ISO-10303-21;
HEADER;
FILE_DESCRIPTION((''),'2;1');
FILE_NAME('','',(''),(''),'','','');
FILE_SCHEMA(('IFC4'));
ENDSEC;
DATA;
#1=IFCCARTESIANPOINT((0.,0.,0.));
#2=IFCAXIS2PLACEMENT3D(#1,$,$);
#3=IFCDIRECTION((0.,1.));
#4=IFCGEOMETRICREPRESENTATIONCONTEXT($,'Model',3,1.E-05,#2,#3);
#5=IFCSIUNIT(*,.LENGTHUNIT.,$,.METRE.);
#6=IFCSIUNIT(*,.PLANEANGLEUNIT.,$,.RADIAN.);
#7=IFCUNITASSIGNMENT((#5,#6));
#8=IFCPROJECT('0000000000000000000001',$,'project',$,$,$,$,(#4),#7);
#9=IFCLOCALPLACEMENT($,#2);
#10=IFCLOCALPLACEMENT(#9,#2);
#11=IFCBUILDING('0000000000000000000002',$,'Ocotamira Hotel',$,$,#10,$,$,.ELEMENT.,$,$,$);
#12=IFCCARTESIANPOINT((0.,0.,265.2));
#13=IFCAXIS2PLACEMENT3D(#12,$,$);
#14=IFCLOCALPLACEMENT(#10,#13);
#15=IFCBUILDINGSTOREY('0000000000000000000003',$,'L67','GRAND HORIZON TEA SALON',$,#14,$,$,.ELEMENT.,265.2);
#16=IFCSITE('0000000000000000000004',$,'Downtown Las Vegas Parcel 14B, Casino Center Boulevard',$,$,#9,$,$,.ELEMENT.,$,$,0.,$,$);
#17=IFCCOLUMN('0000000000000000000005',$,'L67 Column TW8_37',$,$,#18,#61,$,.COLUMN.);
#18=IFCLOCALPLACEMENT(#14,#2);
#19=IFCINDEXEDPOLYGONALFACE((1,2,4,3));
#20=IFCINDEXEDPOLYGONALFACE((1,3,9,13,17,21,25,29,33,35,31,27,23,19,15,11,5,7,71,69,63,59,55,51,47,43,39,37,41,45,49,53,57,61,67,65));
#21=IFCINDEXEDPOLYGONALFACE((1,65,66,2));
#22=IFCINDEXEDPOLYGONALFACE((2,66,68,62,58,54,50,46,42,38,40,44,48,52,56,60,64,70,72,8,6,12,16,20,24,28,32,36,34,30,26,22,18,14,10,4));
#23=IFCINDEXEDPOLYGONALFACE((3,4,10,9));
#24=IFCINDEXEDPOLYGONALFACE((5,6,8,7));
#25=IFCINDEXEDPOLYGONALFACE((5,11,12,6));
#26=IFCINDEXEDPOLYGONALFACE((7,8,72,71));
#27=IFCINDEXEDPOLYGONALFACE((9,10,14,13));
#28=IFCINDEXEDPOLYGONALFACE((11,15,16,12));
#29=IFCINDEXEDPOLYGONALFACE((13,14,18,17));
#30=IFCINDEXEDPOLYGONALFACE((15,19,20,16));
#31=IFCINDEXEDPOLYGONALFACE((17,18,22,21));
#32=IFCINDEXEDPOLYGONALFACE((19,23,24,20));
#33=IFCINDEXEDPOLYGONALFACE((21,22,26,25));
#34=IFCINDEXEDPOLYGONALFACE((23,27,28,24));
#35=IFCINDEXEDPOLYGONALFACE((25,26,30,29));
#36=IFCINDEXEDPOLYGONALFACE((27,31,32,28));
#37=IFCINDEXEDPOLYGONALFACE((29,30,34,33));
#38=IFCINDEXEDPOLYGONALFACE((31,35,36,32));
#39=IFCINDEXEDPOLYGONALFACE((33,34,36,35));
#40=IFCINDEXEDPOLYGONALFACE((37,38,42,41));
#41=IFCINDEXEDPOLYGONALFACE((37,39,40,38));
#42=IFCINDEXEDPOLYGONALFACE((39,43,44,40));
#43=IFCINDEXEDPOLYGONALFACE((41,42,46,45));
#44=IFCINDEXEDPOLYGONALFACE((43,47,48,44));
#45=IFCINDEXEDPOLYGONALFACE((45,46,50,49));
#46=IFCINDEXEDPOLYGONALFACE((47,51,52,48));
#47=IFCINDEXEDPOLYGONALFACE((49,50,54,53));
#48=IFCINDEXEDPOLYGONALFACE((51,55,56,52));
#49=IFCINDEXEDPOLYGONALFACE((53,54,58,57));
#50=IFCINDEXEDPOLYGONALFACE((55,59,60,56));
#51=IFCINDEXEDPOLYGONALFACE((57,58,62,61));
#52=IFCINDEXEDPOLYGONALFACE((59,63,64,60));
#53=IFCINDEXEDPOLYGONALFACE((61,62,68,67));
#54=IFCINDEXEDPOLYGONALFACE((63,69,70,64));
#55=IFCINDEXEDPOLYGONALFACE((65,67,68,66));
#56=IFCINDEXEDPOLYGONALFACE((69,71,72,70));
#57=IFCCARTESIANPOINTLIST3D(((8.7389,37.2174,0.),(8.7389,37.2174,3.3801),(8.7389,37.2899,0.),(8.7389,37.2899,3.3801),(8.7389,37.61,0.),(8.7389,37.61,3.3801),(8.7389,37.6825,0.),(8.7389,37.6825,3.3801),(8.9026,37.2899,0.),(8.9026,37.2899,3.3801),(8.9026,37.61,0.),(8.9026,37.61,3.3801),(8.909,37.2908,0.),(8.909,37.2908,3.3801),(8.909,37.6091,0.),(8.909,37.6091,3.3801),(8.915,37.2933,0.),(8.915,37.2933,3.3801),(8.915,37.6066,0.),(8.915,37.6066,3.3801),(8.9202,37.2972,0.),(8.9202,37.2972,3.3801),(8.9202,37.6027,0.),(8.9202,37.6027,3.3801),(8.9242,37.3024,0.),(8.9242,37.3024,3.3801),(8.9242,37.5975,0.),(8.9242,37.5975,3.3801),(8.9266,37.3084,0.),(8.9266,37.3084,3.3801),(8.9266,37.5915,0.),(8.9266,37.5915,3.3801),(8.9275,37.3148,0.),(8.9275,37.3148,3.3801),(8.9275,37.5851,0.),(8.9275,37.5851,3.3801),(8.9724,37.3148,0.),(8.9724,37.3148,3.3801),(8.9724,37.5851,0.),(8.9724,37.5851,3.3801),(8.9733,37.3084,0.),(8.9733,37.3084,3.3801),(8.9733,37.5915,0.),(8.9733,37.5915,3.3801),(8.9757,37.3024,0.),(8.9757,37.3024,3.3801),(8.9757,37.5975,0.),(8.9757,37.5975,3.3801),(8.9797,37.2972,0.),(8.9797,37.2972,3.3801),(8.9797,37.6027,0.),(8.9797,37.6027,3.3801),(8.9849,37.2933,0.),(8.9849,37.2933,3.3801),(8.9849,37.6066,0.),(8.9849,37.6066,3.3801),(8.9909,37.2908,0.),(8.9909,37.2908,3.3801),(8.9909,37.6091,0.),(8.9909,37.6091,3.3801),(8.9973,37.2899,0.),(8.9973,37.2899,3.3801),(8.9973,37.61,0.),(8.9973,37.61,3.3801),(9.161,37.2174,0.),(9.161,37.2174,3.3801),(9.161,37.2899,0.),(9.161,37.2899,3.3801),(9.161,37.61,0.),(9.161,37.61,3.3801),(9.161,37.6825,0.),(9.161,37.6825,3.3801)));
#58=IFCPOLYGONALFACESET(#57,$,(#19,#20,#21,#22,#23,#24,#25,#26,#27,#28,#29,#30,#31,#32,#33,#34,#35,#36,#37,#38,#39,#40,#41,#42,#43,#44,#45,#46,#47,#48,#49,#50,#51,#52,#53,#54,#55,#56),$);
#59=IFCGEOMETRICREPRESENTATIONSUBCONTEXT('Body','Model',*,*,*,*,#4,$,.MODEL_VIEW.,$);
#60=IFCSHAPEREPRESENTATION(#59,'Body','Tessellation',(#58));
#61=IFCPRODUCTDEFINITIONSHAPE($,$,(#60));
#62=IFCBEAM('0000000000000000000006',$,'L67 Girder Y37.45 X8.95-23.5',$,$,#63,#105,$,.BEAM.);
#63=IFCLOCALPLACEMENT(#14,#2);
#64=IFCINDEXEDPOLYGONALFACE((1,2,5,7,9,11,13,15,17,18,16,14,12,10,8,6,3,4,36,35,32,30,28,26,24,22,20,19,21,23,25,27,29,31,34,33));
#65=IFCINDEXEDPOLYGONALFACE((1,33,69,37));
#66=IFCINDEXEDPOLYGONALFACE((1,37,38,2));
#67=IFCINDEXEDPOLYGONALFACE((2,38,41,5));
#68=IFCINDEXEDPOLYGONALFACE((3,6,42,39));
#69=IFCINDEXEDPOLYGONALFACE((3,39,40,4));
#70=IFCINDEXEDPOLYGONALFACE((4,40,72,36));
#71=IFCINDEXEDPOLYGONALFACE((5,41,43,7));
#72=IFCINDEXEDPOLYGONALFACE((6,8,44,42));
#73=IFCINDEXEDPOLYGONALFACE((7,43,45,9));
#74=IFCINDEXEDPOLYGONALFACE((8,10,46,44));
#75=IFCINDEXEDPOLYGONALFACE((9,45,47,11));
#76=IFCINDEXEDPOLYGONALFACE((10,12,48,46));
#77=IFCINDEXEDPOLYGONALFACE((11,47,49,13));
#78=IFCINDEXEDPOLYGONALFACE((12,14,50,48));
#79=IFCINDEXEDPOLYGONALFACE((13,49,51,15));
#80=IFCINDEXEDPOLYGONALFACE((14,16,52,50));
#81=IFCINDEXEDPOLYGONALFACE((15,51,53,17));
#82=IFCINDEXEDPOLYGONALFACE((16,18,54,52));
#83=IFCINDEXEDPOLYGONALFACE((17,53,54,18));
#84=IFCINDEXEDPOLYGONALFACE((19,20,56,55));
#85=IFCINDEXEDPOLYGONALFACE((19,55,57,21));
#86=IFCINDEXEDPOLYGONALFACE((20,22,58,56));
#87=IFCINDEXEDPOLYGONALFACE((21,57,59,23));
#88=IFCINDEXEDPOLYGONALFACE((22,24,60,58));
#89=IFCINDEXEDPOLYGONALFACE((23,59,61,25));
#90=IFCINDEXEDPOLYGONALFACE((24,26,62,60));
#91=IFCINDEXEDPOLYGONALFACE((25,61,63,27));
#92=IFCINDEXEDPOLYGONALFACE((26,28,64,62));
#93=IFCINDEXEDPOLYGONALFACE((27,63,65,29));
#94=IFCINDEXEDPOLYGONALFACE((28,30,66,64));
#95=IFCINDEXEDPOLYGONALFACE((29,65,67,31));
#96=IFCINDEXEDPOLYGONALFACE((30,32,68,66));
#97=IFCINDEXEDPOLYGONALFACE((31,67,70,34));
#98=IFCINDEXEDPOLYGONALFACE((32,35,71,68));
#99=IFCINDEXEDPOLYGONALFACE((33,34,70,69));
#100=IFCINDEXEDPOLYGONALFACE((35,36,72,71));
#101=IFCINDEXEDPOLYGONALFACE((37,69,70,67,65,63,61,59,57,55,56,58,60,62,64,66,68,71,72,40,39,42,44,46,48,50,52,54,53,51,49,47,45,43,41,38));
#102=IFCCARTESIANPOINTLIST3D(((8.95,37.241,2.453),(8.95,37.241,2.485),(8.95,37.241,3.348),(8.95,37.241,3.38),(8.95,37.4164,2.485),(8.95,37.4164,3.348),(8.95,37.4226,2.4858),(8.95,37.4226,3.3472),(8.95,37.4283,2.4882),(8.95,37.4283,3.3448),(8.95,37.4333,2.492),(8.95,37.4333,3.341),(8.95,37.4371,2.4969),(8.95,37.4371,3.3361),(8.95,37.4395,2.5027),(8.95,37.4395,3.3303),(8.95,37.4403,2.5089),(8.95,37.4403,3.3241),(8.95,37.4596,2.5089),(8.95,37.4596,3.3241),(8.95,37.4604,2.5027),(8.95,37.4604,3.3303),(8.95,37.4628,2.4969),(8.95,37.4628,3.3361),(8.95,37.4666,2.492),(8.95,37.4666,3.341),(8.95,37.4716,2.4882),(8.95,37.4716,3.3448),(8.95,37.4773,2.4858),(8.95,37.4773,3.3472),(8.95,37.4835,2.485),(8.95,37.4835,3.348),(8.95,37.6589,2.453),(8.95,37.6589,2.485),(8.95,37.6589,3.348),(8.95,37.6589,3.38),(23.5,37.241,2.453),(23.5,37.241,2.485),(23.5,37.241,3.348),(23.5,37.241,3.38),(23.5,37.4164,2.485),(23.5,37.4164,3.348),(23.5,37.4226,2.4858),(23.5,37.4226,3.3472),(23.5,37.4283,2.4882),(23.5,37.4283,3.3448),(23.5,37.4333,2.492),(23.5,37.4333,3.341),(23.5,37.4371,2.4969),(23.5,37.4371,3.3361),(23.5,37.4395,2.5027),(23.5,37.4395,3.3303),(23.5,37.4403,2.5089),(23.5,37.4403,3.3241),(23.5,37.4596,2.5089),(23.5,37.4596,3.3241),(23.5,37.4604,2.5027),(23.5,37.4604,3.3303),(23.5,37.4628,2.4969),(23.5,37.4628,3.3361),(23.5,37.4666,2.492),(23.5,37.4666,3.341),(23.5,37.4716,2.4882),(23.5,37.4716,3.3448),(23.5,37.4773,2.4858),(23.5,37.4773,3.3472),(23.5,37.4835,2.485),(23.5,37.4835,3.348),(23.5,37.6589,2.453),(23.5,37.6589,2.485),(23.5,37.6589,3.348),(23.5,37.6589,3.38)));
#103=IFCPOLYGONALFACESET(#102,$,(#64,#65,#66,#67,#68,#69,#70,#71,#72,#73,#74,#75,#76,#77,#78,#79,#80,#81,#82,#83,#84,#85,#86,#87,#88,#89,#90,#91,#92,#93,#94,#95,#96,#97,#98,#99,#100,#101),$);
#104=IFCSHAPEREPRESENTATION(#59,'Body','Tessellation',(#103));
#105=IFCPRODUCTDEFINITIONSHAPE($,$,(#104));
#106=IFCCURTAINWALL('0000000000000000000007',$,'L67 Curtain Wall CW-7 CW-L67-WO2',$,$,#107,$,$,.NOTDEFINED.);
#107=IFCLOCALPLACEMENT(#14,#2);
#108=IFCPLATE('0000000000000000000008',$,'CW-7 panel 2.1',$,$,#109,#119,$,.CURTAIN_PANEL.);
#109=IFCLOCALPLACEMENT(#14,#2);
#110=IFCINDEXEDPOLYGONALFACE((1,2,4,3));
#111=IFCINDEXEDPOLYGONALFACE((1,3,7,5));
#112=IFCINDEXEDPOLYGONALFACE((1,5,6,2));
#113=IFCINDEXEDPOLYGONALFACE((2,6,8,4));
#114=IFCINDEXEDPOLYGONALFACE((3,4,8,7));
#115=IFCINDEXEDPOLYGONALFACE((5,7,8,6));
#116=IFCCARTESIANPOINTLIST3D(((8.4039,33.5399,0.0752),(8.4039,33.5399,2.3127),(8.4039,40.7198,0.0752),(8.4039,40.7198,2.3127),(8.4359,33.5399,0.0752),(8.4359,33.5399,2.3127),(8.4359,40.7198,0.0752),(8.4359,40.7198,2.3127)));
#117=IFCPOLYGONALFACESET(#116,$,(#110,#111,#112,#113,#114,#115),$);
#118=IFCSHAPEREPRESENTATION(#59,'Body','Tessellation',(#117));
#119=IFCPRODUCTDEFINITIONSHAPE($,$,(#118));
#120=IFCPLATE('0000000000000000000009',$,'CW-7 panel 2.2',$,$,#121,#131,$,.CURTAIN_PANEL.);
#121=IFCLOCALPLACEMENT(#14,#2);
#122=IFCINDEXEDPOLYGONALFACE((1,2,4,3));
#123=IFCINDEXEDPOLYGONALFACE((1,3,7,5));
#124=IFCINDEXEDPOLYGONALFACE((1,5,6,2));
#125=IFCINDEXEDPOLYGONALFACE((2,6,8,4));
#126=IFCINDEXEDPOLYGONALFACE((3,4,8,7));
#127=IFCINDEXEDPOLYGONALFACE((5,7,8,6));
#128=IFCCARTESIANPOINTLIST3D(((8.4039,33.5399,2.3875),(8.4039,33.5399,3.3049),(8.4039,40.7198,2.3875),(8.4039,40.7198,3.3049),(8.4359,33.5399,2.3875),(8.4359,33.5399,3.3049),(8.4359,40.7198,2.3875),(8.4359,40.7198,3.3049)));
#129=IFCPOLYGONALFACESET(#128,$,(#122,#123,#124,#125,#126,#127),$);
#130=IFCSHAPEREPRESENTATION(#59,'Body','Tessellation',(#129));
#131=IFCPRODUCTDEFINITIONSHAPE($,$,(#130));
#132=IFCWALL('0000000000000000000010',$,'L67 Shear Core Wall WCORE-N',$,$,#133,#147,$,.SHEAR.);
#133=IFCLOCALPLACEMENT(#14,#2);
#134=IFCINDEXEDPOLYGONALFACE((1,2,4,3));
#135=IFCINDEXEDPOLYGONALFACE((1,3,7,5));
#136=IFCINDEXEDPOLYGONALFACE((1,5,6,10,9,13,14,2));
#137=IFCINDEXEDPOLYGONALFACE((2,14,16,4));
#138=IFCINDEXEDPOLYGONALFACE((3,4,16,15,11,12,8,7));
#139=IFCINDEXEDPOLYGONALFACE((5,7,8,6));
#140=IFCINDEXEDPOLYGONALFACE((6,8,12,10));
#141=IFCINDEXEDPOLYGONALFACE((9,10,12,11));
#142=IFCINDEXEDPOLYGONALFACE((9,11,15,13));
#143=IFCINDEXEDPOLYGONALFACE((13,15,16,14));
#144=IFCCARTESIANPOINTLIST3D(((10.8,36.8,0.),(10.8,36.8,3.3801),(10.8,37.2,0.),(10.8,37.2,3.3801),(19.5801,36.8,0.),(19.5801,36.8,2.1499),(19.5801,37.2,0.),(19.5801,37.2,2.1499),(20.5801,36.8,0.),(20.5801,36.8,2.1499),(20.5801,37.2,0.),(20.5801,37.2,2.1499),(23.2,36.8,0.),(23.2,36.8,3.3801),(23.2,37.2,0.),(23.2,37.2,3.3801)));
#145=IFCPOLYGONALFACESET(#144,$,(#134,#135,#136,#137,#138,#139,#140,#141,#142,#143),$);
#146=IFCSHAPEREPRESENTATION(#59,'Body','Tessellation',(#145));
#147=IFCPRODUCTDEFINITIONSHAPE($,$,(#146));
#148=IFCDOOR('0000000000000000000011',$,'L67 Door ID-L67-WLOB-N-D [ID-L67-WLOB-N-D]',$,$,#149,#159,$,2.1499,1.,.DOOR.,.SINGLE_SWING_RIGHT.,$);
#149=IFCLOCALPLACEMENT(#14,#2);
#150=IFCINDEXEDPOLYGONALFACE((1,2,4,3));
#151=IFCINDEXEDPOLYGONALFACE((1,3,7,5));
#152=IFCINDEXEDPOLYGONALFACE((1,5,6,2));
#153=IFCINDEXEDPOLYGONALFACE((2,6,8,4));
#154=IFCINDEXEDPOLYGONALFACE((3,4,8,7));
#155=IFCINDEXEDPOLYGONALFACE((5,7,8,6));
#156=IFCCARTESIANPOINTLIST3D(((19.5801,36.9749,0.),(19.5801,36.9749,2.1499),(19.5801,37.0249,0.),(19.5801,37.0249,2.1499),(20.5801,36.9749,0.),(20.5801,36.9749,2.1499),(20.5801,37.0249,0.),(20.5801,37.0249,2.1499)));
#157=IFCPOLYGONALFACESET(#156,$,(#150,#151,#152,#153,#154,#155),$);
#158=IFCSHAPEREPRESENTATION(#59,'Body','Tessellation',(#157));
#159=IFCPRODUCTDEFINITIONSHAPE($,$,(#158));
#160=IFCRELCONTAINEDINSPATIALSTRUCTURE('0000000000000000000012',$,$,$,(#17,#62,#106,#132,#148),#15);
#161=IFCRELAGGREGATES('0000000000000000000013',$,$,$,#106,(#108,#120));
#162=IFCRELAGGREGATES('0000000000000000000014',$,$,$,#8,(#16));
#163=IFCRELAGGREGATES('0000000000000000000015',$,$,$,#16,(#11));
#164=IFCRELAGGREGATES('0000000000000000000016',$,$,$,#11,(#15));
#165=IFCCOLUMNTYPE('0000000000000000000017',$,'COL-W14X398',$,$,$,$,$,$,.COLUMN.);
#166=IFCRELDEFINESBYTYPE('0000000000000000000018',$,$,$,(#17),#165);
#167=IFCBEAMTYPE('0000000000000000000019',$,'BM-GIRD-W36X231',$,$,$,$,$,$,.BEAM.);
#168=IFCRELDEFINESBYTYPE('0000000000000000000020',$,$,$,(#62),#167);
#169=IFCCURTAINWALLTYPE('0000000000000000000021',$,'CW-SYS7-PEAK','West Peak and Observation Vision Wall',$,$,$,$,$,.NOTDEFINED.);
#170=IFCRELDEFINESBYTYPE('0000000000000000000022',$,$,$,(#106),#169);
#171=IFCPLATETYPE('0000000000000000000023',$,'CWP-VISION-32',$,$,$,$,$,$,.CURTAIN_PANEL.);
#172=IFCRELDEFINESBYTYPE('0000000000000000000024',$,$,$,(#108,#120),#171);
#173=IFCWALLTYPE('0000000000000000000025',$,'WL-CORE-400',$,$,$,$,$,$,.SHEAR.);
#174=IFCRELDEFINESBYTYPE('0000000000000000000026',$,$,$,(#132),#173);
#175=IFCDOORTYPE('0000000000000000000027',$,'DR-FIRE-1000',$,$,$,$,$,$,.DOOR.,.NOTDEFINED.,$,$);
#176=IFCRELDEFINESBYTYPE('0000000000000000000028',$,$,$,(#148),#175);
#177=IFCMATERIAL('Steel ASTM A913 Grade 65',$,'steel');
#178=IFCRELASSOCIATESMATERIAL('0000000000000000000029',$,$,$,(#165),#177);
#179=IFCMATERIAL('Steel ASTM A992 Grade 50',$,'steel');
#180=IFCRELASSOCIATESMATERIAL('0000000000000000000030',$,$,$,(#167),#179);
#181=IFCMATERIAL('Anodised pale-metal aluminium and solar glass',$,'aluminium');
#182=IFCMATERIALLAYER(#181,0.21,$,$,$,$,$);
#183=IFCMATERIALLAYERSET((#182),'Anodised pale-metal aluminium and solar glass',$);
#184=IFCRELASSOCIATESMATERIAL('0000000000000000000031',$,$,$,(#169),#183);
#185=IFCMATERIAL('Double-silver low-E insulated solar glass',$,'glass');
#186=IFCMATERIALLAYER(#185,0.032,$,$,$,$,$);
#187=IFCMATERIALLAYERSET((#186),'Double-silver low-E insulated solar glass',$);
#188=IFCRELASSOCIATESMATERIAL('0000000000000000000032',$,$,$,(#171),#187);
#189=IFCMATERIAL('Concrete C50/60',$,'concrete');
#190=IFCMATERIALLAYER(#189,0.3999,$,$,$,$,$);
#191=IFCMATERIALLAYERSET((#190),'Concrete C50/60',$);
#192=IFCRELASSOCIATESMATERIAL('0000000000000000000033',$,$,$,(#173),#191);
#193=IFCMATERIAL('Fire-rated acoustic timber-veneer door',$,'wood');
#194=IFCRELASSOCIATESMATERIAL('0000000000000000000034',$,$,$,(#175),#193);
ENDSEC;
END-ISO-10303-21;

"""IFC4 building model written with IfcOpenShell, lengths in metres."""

from ifc_helpers import new_model, si_unit, direction, frame, frame_2d, origin, origin_2d, place, context, subcontext, project, spatial, rectangle, i_section, extrude, source, transform, mapped, material, layer, layer_set, material_profile, profile_set, type_object, element, fill, aggregate, save


model = new_model("IFC4")

# Units and contexts
model_context = context("Model", 3, precision=1e-05, world=origin(), true_north=direction((0.0, 1.0)))
body_context = subcontext(model_context, "Body", "Model", "MODEL_VIEW")
ifc_project = project(units=[si_unit("LENGTHUNIT", "METRE"), si_unit("PLANEANGLEUNIT", "RADIAN")], contexts=[model_context])

# Site, building, storey
site_placement = place(None, origin())
site = spatial("IfcSite", under=ifc_project, at=site_placement, Name="Downtown Las Vegas Parcel 14B, Casino Center Boulevard", CompositionType="ELEMENT", RefElevation=0.0)
building_placement = place(site_placement, origin())
building = spatial("IfcBuilding", under=site, at=building_placement, Name="Ocotamira Hotel", CompositionType="ELEMENT")
storey_placement = place(building_placement, frame((0.0, 0.0, 265.2)))
storey = spatial("IfcBuildingStorey", under=building, at=storey_placement, Name="L67", Description="GRAND HORIZON TEA SALON", CompositionType="ELEMENT", Elevation=265.2)

# Column
ifc_material_1 = material(Name="Steel ASTM A913 Grade 65", Category="steel")
ifc_material_profile_1 = material_profile(ifc_material_1, i_section(OverallWidth=0.4221, OverallDepth=0.4651, WebThickness=0.0449, FlangeThickness=0.0725, FilletRadius=0.0249, at=origin_2d()), Name="W14X398")
ifc_profile_set_1 = profile_set([ifc_material_profile_1], Name="Steel ASTM A913 Grade 65")
column_type = type_object("IfcColumnType", Name="COL-W14X398", PredefinedType="COLUMN", material=ifc_profile_set_1)
shared_shape_1 = source(origin(), body_context, "Body", "SweptSolid", [
    extrude(i_section(OverallWidth=0.4221, OverallDepth=0.4651, WebThickness=0.0449, FlangeThickness=0.0725, FilletRadius=0.0249, at=origin_2d()), origin(), (0.0, 0.0, 1.0), 3.3801),
])
column_placement = place(storey_placement, frame((8.95, 37.45, 0.0), z_axis=(0.0, 0.0, 1.0), x_axis=(1.0, 0.0, 0.0)))
element("IfcColumn", 1, at=column_placement, inside=storey, type_object=column_type, Name="L67 Column TW8_37", PredefinedType="COLUMN", context=body_context, shape_type="MappedRepresentation", body=[
    mapped(shared_shape_1, transform((0.0, 0.0, 0.0), scale=1.0)),
])

# Beam
ifc_material_2 = material(Name="Steel ASTM A992 Grade 50", Category="steel")
ifc_material_profile_2 = material_profile(ifc_material_2, i_section(OverallWidth=0.418, OverallDepth=0.927, WebThickness=0.0193, FlangeThickness=0.032, FilletRadius=0.0239, at=origin_2d()), Name="W36X231")
ifc_profile_set_2 = profile_set([ifc_material_profile_2], Name="Steel ASTM A992 Grade 50")
beam_type = type_object("IfcBeamType", Name="BM-GIRD-W36X231", PredefinedType="BEAM", material=ifc_profile_set_2)
shared_shape_2 = source(origin(), body_context, "Body", "SweptSolid", [
    extrude(i_section(OverallWidth=0.418, OverallDepth=0.927, WebThickness=0.0193, FlangeThickness=0.032, FilletRadius=0.0239, at=origin_2d()), origin(), (0.0, 0.0, 1.0), 14.55),
])
beam_placement = place(storey_placement, frame((8.95, 37.45, 2.9165), z_axis=(1.0, 0.0, 0.0), x_axis=(0.0, 1.0, 0.0)))
element("IfcBeam", 2, at=beam_placement, inside=storey, type_object=beam_type, Name="L67 Girder Y37.45 X8.95-23.5", PredefinedType="BEAM", context=body_context, shape_type="MappedRepresentation", body=[
    mapped(shared_shape_2, transform((0.0, 0.0, 0.0), scale=1.0)),
])

# Curtain wall, plates
ifc_material_3 = material(Name="Anodised pale-metal aluminium and solar glass", Category="aluminium")
ifc_layer_1 = layer(ifc_material_3, 0.21)
ifc_layer_set_1 = layer_set([ifc_layer_1], Name="Anodised pale-metal aluminium and solar glass")
curtain_wall_type = type_object("IfcCurtainWallType", Name="CW-SYS7-PEAK", Description="West Peak and Observation Vision Wall", PredefinedType="NOTDEFINED", material=ifc_layer_set_1)
curtain_wall_placement = place(storey_placement, origin())
curtain_wall = element("IfcCurtainWall", 3, at=curtain_wall_placement, inside=storey, type_object=curtain_wall_type, Name="L67 Curtain Wall CW-7 CW-L67-WO2", PredefinedType="NOTDEFINED")
ifc_material_4 = material(Name="Double-silver low-E insulated solar glass", Category="glass")
ifc_layer_2 = layer(ifc_material_4, 0.032)
ifc_layer_set_2 = layer_set([ifc_layer_2], Name="Double-silver low-E insulated solar glass")
plate_type = type_object("IfcPlateType", Name="CWP-VISION-32", PredefinedType="CURTAIN_PANEL", material=ifc_layer_set_2)
shared_shape_3 = source(origin(), body_context, "Body", "SweptSolid", [
    extrude(rectangle(XDim=7.1799, YDim=0.032, at=origin_2d()), origin(), (0.0, 0.0, 1.0), 2.2375),
])
plate_1_placement = place(storey_placement, frame((8.4199, 37.1299, 0.0752), z_axis=(0.0, 0.0, 1.0), x_axis=(0.0, 1.0, 0.0)))
plate_1 = element("IfcPlate", 4, at=plate_1_placement, type_object=plate_type, Name="CW-7 panel 2.1", PredefinedType="CURTAIN_PANEL", context=body_context, shape_type="MappedRepresentation", body=[
    mapped(shared_shape_3, transform((0.0, 0.0, 0.0), scale=1.0)),
])
shared_shape_4 = source(origin(), body_context, "Body", "SweptSolid", [
    extrude(rectangle(XDim=7.1799, YDim=0.032, at=origin_2d()), origin(), (0.0, 0.0, 1.0), 0.9175),
])
plate_2_placement = place(storey_placement, frame((8.4199, 37.1299, 2.3875), z_axis=(0.0, 0.0, 1.0), x_axis=(0.0, 1.0, 0.0)))
plate_2 = element("IfcPlate", 5, at=plate_2_placement, type_object=plate_type, Name="CW-7 panel 2.2", PredefinedType="CURTAIN_PANEL", context=body_context, shape_type="MappedRepresentation", body=[
    mapped(shared_shape_4, transform((0.0, 0.0, 0.0), scale=1.0)),
])
aggregate(curtain_wall, [plate_1, plate_2])

# Wall, opening, door
ifc_material_5 = material(Name="Concrete C50/60", Category="concrete")
ifc_layer_3 = layer(ifc_material_5, 0.3999)
ifc_layer_set_3 = layer_set([ifc_layer_3], Name="Concrete C50/60")
wall_type_1 = type_object("IfcWallType", Name="WL-CORE-400", PredefinedType="SHEAR", material=ifc_layer_set_3)
wall_1_placement = place(storey_placement, frame((10.8, 37.0, 0.0), z_axis=(0.0, 0.0, 1.0), x_axis=(1.0, 0.0, 0.0)))
wall_1 = element("IfcWall", 6, at=wall_1_placement, inside=storey, type_object=wall_type_1, Name="L67 Shear Core Wall WCORE-N", PredefinedType="SHEAR", context=body_context, shape_type="SweptSolid", body=[
    extrude(rectangle(XDim=12.3999, YDim=0.3999, at=frame_2d((6.2, 0.0))), origin(), (0.0, 0.0, 1.0), 3.3801),
])
opening_1_placement = place(wall_1_placement, frame((8.78, 0.0, 0.0)))
opening_1 = element("IfcOpeningElement", 7, at=opening_1_placement, cuts=wall_1, PredefinedType="OPENING", context=body_context, shape_type="SweptSolid", body=[
    extrude(rectangle(XDim=1.0, YDim=2.1499, at=frame_2d((0.5, 1.075))), frame((0.0, 0.21, 0.0), z_axis=(0.0, -1.0, 0.0), x_axis=(1.0, 0.0, 0.0)), (0.0, 0.0, 1.0), 0.4199),
])
ifc_material_6 = material(Name="Fire-rated acoustic timber-veneer door", Category="wood")
door_type_1 = type_object("IfcDoorType", Name="DR-FIRE-1000", OperationType="NOTDEFINED", PredefinedType="DOOR", material=ifc_material_6)
shared_shape_5 = source(origin(), body_context, "Body", "SweptSolid", [
    extrude(rectangle(XDim=1.0, YDim=2.1499, at=frame_2d((0.5, 1.075))), frame((0.0, 0.0249, 0.0), z_axis=(0.0, -1.0, 0.0), x_axis=(1.0, 0.0, 0.0)), (0.0, 0.0, 1.0), 0.05),
])
door_1_placement = place(opening_1_placement, origin())
door_1 = element("IfcDoor", 8, at=door_1_placement, inside=storey, type_object=door_type_1, Name="L67 Door ID-L67-WLOB-N-D [ID-L67-WLOB-N-D]", OperationType="SINGLE_SWING_RIGHT", OverallHeight=2.1499, OverallWidth=1.0, PredefinedType="DOOR", context=body_context, shape_type="MappedRepresentation", body=[
    mapped(shared_shape_5, transform((0.0, 0.0, 0.0), scale=1.0)),
])
fill(opening_1, door_1)

save(model, "model.ifc")
